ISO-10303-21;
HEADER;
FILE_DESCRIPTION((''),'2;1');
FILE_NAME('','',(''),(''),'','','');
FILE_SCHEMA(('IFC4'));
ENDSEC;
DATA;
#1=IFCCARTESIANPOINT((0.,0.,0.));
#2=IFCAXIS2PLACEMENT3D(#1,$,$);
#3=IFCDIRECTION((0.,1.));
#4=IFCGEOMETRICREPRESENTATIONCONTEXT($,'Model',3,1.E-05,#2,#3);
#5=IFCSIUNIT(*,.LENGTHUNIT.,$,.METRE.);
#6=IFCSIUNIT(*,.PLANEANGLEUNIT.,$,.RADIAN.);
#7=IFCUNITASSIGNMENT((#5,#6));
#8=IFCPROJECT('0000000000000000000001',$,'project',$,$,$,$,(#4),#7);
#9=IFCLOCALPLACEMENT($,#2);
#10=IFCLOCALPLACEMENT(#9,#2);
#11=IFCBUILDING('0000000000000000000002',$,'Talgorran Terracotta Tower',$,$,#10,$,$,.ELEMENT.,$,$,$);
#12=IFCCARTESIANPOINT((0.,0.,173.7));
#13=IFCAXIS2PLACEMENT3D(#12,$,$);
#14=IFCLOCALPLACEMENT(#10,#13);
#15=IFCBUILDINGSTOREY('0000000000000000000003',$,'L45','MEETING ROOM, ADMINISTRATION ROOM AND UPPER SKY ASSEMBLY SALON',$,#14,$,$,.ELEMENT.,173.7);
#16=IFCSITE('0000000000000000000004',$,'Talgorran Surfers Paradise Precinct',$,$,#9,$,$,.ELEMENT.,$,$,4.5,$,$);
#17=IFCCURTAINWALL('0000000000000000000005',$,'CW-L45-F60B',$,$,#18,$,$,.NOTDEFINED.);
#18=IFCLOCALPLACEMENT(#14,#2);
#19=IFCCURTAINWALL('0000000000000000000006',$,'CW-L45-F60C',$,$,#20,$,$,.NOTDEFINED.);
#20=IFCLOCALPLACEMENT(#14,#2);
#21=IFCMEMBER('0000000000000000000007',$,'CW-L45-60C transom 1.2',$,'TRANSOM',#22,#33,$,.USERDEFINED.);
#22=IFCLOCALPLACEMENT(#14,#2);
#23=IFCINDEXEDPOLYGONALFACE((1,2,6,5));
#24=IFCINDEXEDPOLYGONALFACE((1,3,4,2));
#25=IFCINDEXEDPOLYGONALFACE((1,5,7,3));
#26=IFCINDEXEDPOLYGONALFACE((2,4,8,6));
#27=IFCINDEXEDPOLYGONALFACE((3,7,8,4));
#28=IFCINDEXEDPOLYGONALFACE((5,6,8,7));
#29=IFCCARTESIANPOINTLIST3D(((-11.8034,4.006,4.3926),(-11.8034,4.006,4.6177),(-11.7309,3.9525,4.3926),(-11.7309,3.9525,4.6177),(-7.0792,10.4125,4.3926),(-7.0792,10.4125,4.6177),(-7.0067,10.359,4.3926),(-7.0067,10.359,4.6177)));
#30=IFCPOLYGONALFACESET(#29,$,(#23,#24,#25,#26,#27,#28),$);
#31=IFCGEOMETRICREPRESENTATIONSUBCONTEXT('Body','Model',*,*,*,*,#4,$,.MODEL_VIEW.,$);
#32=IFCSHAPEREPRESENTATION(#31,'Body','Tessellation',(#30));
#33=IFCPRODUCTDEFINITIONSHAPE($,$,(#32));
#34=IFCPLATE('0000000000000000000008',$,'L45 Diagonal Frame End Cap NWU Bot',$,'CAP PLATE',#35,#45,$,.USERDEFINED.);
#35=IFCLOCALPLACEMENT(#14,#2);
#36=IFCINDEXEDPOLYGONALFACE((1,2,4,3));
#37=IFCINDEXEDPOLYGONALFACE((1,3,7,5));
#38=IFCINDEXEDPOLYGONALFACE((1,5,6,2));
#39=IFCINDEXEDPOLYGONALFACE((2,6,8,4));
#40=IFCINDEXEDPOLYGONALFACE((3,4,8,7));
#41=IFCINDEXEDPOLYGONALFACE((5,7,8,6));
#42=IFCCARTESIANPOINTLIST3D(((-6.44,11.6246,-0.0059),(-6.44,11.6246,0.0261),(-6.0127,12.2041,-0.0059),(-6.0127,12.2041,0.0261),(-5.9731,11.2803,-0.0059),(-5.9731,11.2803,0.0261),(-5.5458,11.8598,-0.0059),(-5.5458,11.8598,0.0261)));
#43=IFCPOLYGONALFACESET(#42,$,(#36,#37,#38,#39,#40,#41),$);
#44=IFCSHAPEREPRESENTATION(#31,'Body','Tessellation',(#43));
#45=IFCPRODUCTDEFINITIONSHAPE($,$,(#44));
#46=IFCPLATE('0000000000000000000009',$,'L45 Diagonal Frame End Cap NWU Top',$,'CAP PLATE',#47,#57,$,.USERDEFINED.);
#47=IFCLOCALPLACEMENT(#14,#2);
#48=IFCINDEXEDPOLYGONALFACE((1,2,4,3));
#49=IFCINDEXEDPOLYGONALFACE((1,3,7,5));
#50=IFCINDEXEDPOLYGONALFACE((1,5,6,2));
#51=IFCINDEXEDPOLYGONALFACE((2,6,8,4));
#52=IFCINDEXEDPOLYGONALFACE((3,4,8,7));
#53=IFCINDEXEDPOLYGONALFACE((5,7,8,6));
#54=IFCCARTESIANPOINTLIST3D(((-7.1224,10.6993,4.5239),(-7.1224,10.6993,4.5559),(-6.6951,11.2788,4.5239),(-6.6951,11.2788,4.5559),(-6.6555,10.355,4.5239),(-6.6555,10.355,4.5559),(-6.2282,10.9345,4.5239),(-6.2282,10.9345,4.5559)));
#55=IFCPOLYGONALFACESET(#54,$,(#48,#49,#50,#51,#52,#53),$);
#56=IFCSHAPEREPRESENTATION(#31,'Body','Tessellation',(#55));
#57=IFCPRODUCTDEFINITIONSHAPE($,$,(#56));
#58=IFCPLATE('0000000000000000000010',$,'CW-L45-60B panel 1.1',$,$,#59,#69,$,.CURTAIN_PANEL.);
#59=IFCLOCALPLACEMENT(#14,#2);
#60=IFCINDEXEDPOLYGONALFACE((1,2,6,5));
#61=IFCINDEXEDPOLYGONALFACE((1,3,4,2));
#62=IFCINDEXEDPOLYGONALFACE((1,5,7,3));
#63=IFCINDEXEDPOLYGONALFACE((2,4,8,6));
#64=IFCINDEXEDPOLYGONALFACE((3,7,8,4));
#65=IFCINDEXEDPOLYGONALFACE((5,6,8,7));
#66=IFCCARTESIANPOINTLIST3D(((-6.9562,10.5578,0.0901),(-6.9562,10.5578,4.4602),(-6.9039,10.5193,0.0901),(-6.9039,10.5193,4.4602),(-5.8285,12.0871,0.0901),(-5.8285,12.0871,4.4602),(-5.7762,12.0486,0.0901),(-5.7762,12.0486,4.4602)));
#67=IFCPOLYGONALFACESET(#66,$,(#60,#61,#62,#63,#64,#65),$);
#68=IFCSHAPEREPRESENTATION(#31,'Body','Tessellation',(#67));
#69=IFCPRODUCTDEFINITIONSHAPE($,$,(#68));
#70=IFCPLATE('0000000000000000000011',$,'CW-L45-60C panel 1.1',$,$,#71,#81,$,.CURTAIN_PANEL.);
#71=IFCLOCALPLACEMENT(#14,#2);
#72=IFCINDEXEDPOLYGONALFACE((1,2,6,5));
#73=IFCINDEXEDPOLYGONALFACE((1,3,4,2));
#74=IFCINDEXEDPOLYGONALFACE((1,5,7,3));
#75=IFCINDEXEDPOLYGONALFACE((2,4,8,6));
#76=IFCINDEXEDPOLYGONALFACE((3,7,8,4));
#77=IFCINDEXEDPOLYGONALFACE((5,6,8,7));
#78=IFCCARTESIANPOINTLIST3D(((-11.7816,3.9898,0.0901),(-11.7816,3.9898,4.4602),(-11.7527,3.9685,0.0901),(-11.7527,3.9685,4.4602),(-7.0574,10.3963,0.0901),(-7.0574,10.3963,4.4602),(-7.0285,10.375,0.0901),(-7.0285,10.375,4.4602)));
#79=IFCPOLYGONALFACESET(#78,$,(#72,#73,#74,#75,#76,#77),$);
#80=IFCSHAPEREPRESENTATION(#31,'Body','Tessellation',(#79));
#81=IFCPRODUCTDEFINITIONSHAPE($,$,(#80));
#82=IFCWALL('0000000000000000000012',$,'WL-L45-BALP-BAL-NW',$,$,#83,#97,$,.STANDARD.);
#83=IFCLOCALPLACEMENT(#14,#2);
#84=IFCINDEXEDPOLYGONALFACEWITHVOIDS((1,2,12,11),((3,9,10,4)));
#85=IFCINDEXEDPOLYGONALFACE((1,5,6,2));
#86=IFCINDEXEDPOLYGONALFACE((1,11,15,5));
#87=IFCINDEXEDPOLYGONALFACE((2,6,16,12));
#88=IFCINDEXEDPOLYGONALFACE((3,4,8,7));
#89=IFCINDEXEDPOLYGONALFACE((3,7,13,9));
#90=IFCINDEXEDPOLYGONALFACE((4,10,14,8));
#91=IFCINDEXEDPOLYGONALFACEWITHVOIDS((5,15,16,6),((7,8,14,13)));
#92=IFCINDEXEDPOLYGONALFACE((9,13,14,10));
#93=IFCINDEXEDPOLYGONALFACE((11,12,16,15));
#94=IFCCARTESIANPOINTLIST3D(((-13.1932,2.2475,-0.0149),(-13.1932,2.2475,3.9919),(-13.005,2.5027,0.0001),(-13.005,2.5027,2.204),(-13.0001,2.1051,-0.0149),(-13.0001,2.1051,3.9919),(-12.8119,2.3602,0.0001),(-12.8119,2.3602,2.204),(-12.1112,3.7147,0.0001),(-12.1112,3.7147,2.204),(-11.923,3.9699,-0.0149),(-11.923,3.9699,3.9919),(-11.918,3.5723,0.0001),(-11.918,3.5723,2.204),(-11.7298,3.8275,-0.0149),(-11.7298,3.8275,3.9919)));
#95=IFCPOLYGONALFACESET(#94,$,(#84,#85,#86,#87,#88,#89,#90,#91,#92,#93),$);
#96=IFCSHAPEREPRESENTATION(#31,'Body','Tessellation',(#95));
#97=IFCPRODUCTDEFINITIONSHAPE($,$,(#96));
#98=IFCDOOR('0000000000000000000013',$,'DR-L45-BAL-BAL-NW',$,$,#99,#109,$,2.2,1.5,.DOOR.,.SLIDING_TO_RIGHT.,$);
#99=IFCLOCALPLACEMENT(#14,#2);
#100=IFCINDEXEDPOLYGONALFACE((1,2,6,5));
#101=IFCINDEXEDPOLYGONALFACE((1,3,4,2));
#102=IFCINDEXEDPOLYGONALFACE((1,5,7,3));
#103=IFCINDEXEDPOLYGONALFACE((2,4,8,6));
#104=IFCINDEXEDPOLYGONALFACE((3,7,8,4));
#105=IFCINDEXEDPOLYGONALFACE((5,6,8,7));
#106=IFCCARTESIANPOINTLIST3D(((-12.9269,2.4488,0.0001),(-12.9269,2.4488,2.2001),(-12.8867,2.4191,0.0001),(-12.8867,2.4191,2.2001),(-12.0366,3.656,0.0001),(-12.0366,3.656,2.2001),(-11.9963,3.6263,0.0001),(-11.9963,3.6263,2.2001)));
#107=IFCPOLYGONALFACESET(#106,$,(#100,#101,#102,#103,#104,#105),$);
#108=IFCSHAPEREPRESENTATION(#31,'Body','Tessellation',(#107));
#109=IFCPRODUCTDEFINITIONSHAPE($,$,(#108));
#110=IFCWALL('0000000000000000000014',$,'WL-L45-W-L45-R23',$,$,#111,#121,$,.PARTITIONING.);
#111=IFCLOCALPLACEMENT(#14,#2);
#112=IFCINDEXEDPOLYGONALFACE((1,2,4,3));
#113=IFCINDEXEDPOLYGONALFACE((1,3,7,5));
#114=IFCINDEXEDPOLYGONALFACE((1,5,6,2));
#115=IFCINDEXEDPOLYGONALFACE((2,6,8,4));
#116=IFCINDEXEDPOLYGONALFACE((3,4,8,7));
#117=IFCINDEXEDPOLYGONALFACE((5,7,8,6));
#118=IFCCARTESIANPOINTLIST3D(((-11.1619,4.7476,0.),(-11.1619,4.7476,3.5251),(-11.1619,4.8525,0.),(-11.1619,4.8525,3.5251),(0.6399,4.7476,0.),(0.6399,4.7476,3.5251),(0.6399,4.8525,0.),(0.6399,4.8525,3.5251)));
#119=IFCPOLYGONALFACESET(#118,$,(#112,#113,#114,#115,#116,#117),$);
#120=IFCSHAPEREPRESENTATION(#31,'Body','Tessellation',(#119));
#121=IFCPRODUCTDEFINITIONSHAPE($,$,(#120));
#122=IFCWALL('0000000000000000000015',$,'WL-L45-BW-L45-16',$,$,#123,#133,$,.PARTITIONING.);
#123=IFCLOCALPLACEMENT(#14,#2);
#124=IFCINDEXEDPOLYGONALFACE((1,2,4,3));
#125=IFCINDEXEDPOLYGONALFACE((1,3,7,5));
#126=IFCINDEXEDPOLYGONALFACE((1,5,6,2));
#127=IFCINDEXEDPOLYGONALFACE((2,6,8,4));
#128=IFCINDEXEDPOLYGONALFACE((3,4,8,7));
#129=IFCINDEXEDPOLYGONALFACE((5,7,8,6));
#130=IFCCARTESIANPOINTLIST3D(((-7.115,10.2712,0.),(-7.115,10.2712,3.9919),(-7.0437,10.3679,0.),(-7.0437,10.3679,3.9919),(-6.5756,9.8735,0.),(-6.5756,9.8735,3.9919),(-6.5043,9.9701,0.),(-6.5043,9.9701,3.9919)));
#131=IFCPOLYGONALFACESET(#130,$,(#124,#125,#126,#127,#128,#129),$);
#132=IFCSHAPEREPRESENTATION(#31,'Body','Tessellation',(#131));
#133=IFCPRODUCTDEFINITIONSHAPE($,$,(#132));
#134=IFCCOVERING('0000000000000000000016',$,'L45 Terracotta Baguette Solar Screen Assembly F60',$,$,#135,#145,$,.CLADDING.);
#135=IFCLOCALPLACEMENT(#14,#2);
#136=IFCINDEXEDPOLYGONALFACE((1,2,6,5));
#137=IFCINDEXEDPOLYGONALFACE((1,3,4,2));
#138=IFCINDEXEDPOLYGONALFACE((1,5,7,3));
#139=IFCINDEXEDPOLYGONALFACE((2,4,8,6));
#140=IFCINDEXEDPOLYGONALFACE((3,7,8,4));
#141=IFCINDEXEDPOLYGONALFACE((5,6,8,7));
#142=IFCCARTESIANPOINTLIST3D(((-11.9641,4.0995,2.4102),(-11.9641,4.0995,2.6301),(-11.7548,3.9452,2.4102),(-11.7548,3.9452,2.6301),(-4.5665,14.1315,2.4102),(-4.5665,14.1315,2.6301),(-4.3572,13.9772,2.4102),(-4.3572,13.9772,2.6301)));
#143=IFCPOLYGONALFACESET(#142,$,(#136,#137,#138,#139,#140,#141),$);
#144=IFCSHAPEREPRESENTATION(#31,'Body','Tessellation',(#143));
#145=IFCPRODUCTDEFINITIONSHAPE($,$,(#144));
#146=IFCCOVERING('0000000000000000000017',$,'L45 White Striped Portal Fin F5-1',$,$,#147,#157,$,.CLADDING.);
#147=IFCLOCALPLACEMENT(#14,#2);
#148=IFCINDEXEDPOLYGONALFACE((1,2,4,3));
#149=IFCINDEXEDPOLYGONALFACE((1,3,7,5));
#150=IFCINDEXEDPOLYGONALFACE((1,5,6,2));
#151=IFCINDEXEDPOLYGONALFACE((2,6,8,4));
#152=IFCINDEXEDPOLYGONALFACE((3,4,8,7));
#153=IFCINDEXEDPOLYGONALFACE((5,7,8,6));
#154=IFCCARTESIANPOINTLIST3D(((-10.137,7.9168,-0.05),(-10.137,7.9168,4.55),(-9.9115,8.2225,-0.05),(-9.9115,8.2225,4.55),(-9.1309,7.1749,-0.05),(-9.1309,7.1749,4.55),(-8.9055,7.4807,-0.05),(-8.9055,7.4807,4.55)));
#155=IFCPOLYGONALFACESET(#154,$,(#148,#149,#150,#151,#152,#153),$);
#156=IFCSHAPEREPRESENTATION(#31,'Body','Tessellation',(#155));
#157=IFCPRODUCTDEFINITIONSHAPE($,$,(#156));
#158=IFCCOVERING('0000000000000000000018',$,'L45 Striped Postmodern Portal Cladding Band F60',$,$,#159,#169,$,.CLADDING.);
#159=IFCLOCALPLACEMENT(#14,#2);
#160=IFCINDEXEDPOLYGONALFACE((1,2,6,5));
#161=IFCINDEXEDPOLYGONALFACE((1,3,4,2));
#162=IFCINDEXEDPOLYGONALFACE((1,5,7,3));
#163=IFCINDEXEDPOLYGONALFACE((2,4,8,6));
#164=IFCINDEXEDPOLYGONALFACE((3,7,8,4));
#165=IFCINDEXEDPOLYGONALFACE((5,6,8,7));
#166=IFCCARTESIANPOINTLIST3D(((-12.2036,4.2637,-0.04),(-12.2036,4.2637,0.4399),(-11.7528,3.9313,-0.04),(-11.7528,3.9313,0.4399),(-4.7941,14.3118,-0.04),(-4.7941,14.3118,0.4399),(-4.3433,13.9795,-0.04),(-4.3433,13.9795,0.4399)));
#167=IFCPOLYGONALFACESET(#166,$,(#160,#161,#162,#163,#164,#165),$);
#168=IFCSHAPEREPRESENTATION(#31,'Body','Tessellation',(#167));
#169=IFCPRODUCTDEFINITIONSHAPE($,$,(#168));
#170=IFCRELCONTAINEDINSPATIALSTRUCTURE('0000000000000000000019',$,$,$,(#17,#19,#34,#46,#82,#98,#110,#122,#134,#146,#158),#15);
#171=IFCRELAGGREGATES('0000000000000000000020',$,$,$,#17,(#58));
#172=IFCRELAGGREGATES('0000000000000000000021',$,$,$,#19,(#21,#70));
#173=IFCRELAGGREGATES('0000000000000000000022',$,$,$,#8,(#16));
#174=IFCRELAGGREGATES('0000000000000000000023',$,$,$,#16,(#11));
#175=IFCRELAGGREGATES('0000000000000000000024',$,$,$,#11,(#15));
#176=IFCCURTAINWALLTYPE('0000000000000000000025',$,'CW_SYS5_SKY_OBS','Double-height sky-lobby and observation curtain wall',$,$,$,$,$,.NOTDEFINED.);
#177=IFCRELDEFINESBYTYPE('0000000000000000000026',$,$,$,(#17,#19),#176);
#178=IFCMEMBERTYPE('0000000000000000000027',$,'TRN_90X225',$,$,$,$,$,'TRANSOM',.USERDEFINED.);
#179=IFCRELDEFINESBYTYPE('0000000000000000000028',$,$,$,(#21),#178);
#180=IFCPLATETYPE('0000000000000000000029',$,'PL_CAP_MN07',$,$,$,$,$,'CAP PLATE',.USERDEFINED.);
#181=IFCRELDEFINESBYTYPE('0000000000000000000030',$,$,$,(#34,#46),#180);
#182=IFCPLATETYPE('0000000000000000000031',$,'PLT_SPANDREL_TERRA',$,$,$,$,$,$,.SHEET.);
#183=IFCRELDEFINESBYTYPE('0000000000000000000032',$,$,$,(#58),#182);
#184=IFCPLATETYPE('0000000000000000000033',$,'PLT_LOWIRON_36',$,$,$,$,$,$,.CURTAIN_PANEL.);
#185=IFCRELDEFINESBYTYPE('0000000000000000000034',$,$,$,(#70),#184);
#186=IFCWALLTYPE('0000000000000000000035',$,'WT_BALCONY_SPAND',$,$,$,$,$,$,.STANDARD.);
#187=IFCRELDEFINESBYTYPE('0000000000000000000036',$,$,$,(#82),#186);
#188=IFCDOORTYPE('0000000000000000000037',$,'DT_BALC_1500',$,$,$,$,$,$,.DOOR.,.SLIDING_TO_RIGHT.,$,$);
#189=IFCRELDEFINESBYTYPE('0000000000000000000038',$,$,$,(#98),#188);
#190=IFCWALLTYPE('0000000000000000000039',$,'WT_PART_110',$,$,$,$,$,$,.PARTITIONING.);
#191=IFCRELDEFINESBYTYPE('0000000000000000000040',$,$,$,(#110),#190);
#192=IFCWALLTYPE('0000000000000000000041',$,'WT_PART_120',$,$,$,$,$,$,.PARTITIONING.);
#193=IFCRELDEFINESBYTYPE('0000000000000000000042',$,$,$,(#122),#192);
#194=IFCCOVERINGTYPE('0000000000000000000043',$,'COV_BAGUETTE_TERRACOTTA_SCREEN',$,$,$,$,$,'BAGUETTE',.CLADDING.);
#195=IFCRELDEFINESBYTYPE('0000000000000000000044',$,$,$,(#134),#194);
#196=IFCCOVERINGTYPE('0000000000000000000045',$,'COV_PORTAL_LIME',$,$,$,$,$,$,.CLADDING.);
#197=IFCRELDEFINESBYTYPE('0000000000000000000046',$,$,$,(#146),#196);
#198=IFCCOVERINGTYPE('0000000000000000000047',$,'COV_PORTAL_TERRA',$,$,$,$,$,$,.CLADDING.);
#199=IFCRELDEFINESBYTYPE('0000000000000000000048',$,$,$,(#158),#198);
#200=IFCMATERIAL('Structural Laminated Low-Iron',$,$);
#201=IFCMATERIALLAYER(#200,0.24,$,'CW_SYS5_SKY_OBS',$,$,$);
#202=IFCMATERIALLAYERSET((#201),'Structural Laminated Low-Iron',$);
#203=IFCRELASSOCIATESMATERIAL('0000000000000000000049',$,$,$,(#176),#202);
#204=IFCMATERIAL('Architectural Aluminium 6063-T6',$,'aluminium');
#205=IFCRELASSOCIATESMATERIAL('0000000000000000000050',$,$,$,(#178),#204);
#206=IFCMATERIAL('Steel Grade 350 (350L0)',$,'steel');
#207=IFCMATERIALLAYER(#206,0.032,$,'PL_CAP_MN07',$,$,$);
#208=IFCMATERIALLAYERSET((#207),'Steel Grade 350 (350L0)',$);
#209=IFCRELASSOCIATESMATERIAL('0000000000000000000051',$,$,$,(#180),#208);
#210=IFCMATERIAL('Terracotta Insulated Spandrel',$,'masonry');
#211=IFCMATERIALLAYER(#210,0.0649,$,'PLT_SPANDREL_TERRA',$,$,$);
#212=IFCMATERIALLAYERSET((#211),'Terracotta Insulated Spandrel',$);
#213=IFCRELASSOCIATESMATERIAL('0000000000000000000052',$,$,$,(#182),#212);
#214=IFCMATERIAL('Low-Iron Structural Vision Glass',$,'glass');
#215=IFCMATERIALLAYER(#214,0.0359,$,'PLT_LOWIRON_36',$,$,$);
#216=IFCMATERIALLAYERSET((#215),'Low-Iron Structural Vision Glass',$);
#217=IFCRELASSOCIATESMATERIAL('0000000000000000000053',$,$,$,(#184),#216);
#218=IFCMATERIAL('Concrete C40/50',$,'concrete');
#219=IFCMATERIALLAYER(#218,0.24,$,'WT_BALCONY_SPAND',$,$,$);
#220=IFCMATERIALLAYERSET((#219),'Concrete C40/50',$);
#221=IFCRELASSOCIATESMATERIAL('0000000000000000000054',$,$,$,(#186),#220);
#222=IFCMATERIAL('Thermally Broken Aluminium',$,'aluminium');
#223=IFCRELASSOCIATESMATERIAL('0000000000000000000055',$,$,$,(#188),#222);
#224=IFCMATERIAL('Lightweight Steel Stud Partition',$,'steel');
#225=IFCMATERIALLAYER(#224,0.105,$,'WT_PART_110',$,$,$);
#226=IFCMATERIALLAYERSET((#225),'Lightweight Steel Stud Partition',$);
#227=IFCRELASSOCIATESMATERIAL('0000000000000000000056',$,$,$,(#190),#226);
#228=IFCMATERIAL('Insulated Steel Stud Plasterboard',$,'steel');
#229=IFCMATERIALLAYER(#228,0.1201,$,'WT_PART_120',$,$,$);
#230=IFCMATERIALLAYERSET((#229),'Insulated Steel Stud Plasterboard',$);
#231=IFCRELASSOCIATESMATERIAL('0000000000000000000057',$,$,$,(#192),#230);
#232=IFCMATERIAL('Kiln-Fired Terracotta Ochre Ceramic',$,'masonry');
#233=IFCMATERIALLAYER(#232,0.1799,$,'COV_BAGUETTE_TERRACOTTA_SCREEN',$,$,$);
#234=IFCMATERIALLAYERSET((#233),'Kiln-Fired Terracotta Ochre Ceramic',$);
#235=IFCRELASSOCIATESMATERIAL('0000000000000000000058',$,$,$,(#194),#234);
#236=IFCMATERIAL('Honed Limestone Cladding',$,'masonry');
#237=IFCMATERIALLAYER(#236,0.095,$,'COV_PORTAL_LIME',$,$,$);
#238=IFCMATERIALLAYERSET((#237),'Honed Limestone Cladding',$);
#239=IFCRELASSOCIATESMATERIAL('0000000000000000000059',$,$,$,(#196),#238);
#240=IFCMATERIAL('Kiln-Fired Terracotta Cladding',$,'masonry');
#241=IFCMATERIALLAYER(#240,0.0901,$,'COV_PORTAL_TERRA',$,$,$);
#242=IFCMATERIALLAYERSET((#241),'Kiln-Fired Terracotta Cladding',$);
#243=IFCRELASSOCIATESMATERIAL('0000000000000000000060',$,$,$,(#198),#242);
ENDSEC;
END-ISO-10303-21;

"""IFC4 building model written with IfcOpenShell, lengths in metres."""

from ifc_helpers import new_model, si_unit, direction, frame, frame_2d, origin, origin_2d, place, context, subcontext, project, spatial, rectangle, extrude, source, transform, mapped, material, layer, layer_set, material_profile, profile_set, type_object, type_shapes, element, fill, aggregate, save


model = new_model("IFC4")

# Units and contexts
model_context = context("Model", 3, precision=1e-05, world=origin(), true_north=direction((0.0, 1.0)))
body_context = subcontext(model_context, "Body", "Model", "MODEL_VIEW")
ifc_project = project(units=[si_unit("LENGTHUNIT", "METRE"), si_unit("PLANEANGLEUNIT", "RADIAN")], contexts=[model_context])

# Site, building, storey
site_placement = place(None, origin())
site = spatial("IfcSite", under=ifc_project, at=site_placement, Name="Talgorran Surfers Paradise Precinct", CompositionType="ELEMENT", RefElevation=4.5)
building_placement = place(site_placement, origin())
building = spatial("IfcBuilding", under=site, at=building_placement, Name="Talgorran Terracotta Tower", CompositionType="ELEMENT")
storey_placement = place(building_placement, frame((0.0, 0.0, 173.7)))
storey = spatial("IfcBuildingStorey", under=building, at=storey_placement, Name="L45", Description="MEETING ROOM, ADMINISTRATION ROOM AND UPPER SKY ASSEMBLY SALON", CompositionType="ELEMENT", Elevation=173.7)

# Shared definitions
ifc_material_1 = material(Name="Steel Grade 350 (350L0)", Category="steel")

# Curtain wall
ifc_material_2 = material(Name="Structural Laminated Low-Iron")
ifc_layer_1 = layer(ifc_material_2, 0.24, Name="CW_SYS5_SKY_OBS")
ifc_layer_set_1 = layer_set([ifc_layer_1], Name="Structural Laminated Low-Iron")
curtain_wall_type = type_object("IfcCurtainWallType", Name="CW_SYS5_SKY_OBS", Description="Double-height sky-lobby and observation curtain wall", PredefinedType="NOTDEFINED", material=ifc_layer_set_1)
curtain_wall_1_placement = place(storey_placement, origin())
curtain_wall_1 = element("IfcCurtainWall", 1, at=curtain_wall_1_placement, inside=storey, type_object=curtain_wall_type, Name="CW-L45-F60B", PredefinedType="NOTDEFINED")
ifc_material_3 = material(Name="Architectural Aluminium 6063-T6", Category="aluminium")

# Curtain wall
curtain_wall_2_placement = place(storey_placement, origin())
curtain_wall_2 = element("IfcCurtainWall", 2, at=curtain_wall_2_placement, inside=storey, type_object=curtain_wall_type, Name="CW-L45-F60C", PredefinedType="NOTDEFINED")

# Member
ifc_material_profile_1 = material_profile(ifc_material_3, rectangle(XDim=0.0901, YDim=0.2251, at=origin_2d()), Name="CWT90X225")
ifc_profile_set_1 = profile_set([ifc_material_profile_1], Name="Architectural Aluminium 6063-T6")
member_type_1 = type_object("IfcMemberType", Name="TRN_90X225", ElementType="TRANSOM", PredefinedType="USERDEFINED", material=ifc_profile_set_1)
member_1_placement = place(storey_placement, frame((-7.043, 10.3857, 4.5051), z_axis=(-0.593488, -0.804843, 0.0), x_axis=(0.804843, -0.593488, 0.0)))
member_1 = element("IfcMember", 3, at=member_1_placement, type_object=member_type_1, Name="CW-L45-60C transom 1.2", ObjectType="TRANSOM", PredefinedType="USERDEFINED", context=body_context, shape_type="SweptSolid", body=[
    extrude(rectangle(XDim=0.0901, YDim=0.2251, at=origin_2d()), origin(), (0.0, 0.0, 1.0), 7.96),
])

# Plates
ifc_layer_2 = layer(ifc_material_1, 0.032, Name="PL_CAP_MN07")
ifc_layer_set_2 = layer_set([ifc_layer_2], Name="Steel Grade 350 (350L0)")
plate_type_1 = type_object("IfcPlateType", Name="PL_CAP_MN07", ElementType="CAP PLATE", PredefinedType="USERDEFINED", material=ifc_layer_set_2)
for number, where, z_axis, x_axis, name in (
    (4, (-5.9929, 11.7422, -0.0059), (0.0, 0.0, 1.0), (-0.593419, -0.804894, 0.0), "L45 Diagonal Frame End Cap NWU Bot"),
    (5, (-6.6753, 10.8169, 4.5239), (0.0, 0.0, 1.0), (-0.593419, -0.804894, 0.0), "L45 Diagonal Frame End Cap NWU Top"),
):
    element("IfcPlate", number, at=place(storey_placement, frame(where, z_axis=z_axis, x_axis=x_axis)), inside=storey, type_object=plate_type_1, Name=name, ObjectType="CAP PLATE", PredefinedType="USERDEFINED", context=body_context, shape_type="SweptSolid", body=[
        extrude(rectangle(XDim=0.72, YDim=0.5801, at=origin_2d()), origin(), (0.0, 0.0, 1.0), 0.032),
    ])

# Plates
ifc_material_4 = material(Name="Terracotta Insulated Spandrel", Category="masonry")
ifc_layer_3 = layer(ifc_material_4, 0.0649, Name="PLT_SPANDREL_TERRA")
ifc_layer_set_3 = layer_set([ifc_layer_3], Name="Terracotta Insulated Spandrel")
plate_type_2 = type_object("IfcPlateType", Name="PLT_SPANDREL_TERRA", PredefinedType="SHEET", material=ifc_layer_set_3)
shared_shape_1 = source(origin(), body_context, "Body", "SweptSolid", [
    extrude(rectangle(XDim=1.9001, YDim=0.0649, at=origin_2d()), origin(), (0.0, 0.0, 1.0), 4.3701),
])
type_shapes(plate_type_2, [shared_shape_1])
plate_1_placement = place(storey_placement, frame((-6.3662, 11.3032, 0.0901), z_axis=(0.0, 0.0, 1.0), x_axis=(-0.593504, -0.804831, 0.0)))
plate_1 = element("IfcPlate", 6, at=plate_1_placement, type_object=plate_type_2, Name="CW-L45-60B panel 1.1", PredefinedType="CURTAIN_PANEL", context=body_context, shape_type="MappedRepresentation", body=[
    mapped(shared_shape_1, transform((0.0, 0.0, 0.0), scale=1.0)),
])
aggregate(curtain_wall_1, [plate_1])
ifc_material_5 = material(Name="Low-Iron Structural Vision Glass", Category="glass")
ifc_layer_4 = layer(ifc_material_5, 0.0359, Name="PLT_LOWIRON_36")
ifc_layer_set_4 = layer_set([ifc_layer_4], Name="Low-Iron Structural Vision Glass")
plate_type_3 = type_object("IfcPlateType", Name="PLT_LOWIRON_36", PredefinedType="CURTAIN_PANEL", material=ifc_layer_set_4)
shared_shape_2 = source(origin(), body_context, "Body", "SweptSolid", [
    extrude(rectangle(XDim=7.96, YDim=0.0359, at=origin_2d()), origin(), (0.0, 0.0, 1.0), 4.3701),
])
type_shapes(plate_type_3, [shared_shape_2])
plate_2_placement = place(storey_placement, frame((-9.405, 7.1824, 0.0901), z_axis=(0.0, 0.0, 1.0), x_axis=(-0.593498, -0.804836, 0.0)))
plate_2 = element("IfcPlate", 7, at=plate_2_placement, type_object=plate_type_3, Name="CW-L45-60C panel 1.1", PredefinedType="CURTAIN_PANEL", context=body_context, shape_type="MappedRepresentation", body=[
    mapped(shared_shape_2, transform((0.0, 0.0, 0.0), scale=1.0)),
])
aggregate(curtain_wall_2, [member_1, plate_2])

# Wall, opening, door
ifc_material_6 = material(Name="Concrete C40/50", Category="concrete")
ifc_layer_5 = layer(ifc_material_6, 0.24, Name="WT_BALCONY_SPAND")
ifc_layer_set_5 = layer_set([ifc_layer_5], Name="Concrete C40/50")
wall_type_1 = type_object("IfcWallType", Name="WT_BALCONY_SPAND", PredefinedType="STANDARD", material=ifc_layer_set_5)
wall_1_placement = place(storey_placement, frame((-11.8264, 3.8987, -0.0149), z_axis=(0.0, 0.0, 1.0), x_axis=(-0.593538, -0.804806, 0.0)))
wall_1 = element("IfcWall", 8, at=wall_1_placement, inside=storey, type_object=wall_type_1, Name="WL-L45-BALP-BAL-NW", PredefinedType="STANDARD", context=body_context, shape_type="SweptSolid", body=[
    extrude(rectangle(XDim=2.1401, YDim=0.24, at=frame_2d((1.0701, 0.0))), origin(), (0.0, 0.0, 1.0), 4.0068),
])
opening_placement = place(wall_1_placement, frame((0.3201, 0.0, 0.0149)))
opening = element("IfcOpeningElement", 9, at=opening_placement, cuts=wall_1, PredefinedType="OPENING", context=body_context, shape_type="SweptSolid", body=[
    extrude(rectangle(XDim=1.506, YDim=2.204, at=frame_2d((0.75, 1.1021))), frame((0.0, 0.1299, 0.0), z_axis=(0.0, -1.0, 0.0), x_axis=(1.0, 0.0, 0.0)), (0.0, 0.0, 1.0), 0.26),
])
ifc_material_7 = material(Name="Thermally Broken Aluminium", Category="aluminium")
door_type = type_object("IfcDoorType", Name="DT_BALC_1500", OperationType="SLIDING_TO_RIGHT", PredefinedType="DOOR", material=ifc_material_7)
door_placement = place(opening_placement, origin())
door = element("IfcDoor", 10, at=door_placement, inside=storey, type_object=door_type, Name="DR-L45-BAL-BAL-NW", OperationType="SLIDING_TO_RIGHT", OverallHeight=2.2, OverallWidth=1.5, PredefinedType="DOOR", context=body_context, shape_type="SweptSolid", body=[
    extrude(rectangle(XDim=1.5, YDim=2.2, at=frame_2d((0.75, 1.1001))), frame((0.0, 0.0249, 0.0), z_axis=(0.0, -1.0, 0.0), x_axis=(1.0, 0.0, 0.0)), (0.0, 0.0, 1.0), 0.05),
])
fill(opening, door)

# Walls
ifc_material_8 = material(Name="Lightweight Steel Stud Partition", Category="steel")
ifc_layer_6 = layer(ifc_material_8, 0.105, Name="WT_PART_110")
ifc_layer_set_6 = layer_set([ifc_layer_6], Name="Lightweight Steel Stud Partition")
wall_type_2 = type_object("IfcWallType", Name="WT_PART_110", PredefinedType="PARTITIONING", material=ifc_layer_set_6)
wall_2_placement = place(storey_placement, frame((-11.1619, 4.8, 0.0), z_axis=(0.0, 0.0, 1.0), x_axis=(1.0, 0.0, 0.0)))
element("IfcWall", 11, at=wall_2_placement, inside=storey, type_object=wall_type_2, Name="WL-L45-W-L45-R23", PredefinedType="PARTITIONING", context=body_context, shape_type="SweptSolid", body=[
    extrude(rectangle(XDim=11.8018, YDim=0.105, at=frame_2d((5.9009, 0.0))), origin(), (0.0, 0.0, 1.0), 3.5251),
])
ifc_material_9 = material(Name="Insulated Steel Stud Plasterboard", Category="steel")
ifc_layer_7 = layer(ifc_material_9, 0.1201, Name="WT_PART_120")
ifc_layer_set_7 = layer_set([ifc_layer_7], Name="Insulated Steel Stud Plasterboard")
wall_type_3 = type_object("IfcWallType", Name="WT_PART_120", PredefinedType="PARTITIONING", material=ifc_layer_set_7)
wall_3_placement = place(storey_placement, frame((-6.54, 9.9219, 0.0), z_axis=(0.0, 0.0, 1.0), x_axis=(-0.804827, 0.59351, 0.0)))
element("IfcWall", 12, at=wall_3_placement, inside=storey, type_object=wall_type_3, Name="WL-L45-BW-L45-16", PredefinedType="PARTITIONING", context=body_context, shape_type="SweptSolid", body=[
    extrude(rectangle(XDim=0.6702, YDim=0.1201, at=frame_2d((0.335, 0.0))), origin(), (0.0, 0.0, 1.0), 3.9919),
])

# Coverings
ifc_material_10 = material(Name="Kiln-Fired Terracotta Ochre Ceramic", Category="masonry")
ifc_layer_8 = layer(ifc_material_10, 0.1799, Name="COV_BAGUETTE_TERRACOTTA_SCREEN")
ifc_layer_set_8 = layer_set([ifc_layer_8], Name="Kiln-Fired Terracotta Ochre Ceramic")
covering_type_1 = type_object("IfcCoveringType", Name="COV_BAGUETTE_TERRACOTTA_SCREEN", ElementType="BAGUETTE", PredefinedType="CLADDING", material=ifc_layer_set_8)
covering_1_placement = place(storey_placement, frame((-8.1606, 9.0383, 2.4102), z_axis=(0.0, 0.0, 1.0), x_axis=(-0.593489, -0.804842, 0.0)))
element("IfcCovering", 13, at=covering_1_placement, inside=storey, type_object=covering_type_1, Name="L45 Terracotta Baguette Solar Screen Assembly F60", PredefinedType="CLADDING", context=body_context, shape_type="SweptSolid", body=[
    extrude(rectangle(XDim=12.4646, YDim=0.26, at=origin_2d()), origin(), (0.0, 0.0, 1.0), 0.22),
])
ifc_material_11 = material(Name="Honed Limestone Cladding", Category="masonry")
ifc_layer_9 = layer(ifc_material_11, 0.095, Name="COV_PORTAL_LIME")
ifc_layer_set_9 = layer_set([ifc_layer_9], Name="Honed Limestone Cladding")
covering_type_2 = type_object("IfcCoveringType", Name="COV_PORTAL_LIME", PredefinedType="CLADDING", material=ifc_layer_set_9)
covering_2_placement = place(storey_placement, frame((-9.5212, 7.6987, -0.05), z_axis=(0.0, 0.0, 1.0), x_axis=(-0.593489, -0.804842, 0.0)))
element("IfcCovering", 14, at=covering_2_placement, inside=storey, type_object=covering_type_2, Name="L45 White Striped Portal Fin F5-1", PredefinedType="CLADDING", context=body_context, shape_type="SweptSolid", body=[
    extrude(rectangle(XDim=0.3799, YDim=1.25, at=origin_2d()), origin(), (0.0, 0.0, 1.0), 4.6001),
])
ifc_material_12 = material(Name="Kiln-Fired Terracotta Cladding", Category="masonry")
ifc_layer_10 = layer(ifc_material_12, 0.0901, Name="COV_PORTAL_TERRA")
ifc_layer_set_10 = layer_set([ifc_layer_10], Name="Kiln-Fired Terracotta Cladding")
covering_type_3 = type_object("IfcCoveringType", Name="COV_PORTAL_TERRA", PredefinedType="CLADDING", material=ifc_layer_set_10)
covering_3_placement = place(storey_placement, frame((-8.2734, 9.1216, -0.04), z_axis=(0.0, 0.0, 1.0), x_axis=(-0.593489, -0.804842, 0.0)))
element("IfcCovering", 15, at=covering_3_placement, inside=storey, type_object=covering_type_3, Name="L45 Striped Postmodern Portal Cladding Band F60", PredefinedType="CLADDING", context=body_context, shape_type="SweptSolid", body=[
    extrude(rectangle(XDim=12.4846, YDim=0.5601, at=origin_2d()), origin(), (0.0, 0.0, 1.0), 0.48),
])

save(model, "model.ifc")
